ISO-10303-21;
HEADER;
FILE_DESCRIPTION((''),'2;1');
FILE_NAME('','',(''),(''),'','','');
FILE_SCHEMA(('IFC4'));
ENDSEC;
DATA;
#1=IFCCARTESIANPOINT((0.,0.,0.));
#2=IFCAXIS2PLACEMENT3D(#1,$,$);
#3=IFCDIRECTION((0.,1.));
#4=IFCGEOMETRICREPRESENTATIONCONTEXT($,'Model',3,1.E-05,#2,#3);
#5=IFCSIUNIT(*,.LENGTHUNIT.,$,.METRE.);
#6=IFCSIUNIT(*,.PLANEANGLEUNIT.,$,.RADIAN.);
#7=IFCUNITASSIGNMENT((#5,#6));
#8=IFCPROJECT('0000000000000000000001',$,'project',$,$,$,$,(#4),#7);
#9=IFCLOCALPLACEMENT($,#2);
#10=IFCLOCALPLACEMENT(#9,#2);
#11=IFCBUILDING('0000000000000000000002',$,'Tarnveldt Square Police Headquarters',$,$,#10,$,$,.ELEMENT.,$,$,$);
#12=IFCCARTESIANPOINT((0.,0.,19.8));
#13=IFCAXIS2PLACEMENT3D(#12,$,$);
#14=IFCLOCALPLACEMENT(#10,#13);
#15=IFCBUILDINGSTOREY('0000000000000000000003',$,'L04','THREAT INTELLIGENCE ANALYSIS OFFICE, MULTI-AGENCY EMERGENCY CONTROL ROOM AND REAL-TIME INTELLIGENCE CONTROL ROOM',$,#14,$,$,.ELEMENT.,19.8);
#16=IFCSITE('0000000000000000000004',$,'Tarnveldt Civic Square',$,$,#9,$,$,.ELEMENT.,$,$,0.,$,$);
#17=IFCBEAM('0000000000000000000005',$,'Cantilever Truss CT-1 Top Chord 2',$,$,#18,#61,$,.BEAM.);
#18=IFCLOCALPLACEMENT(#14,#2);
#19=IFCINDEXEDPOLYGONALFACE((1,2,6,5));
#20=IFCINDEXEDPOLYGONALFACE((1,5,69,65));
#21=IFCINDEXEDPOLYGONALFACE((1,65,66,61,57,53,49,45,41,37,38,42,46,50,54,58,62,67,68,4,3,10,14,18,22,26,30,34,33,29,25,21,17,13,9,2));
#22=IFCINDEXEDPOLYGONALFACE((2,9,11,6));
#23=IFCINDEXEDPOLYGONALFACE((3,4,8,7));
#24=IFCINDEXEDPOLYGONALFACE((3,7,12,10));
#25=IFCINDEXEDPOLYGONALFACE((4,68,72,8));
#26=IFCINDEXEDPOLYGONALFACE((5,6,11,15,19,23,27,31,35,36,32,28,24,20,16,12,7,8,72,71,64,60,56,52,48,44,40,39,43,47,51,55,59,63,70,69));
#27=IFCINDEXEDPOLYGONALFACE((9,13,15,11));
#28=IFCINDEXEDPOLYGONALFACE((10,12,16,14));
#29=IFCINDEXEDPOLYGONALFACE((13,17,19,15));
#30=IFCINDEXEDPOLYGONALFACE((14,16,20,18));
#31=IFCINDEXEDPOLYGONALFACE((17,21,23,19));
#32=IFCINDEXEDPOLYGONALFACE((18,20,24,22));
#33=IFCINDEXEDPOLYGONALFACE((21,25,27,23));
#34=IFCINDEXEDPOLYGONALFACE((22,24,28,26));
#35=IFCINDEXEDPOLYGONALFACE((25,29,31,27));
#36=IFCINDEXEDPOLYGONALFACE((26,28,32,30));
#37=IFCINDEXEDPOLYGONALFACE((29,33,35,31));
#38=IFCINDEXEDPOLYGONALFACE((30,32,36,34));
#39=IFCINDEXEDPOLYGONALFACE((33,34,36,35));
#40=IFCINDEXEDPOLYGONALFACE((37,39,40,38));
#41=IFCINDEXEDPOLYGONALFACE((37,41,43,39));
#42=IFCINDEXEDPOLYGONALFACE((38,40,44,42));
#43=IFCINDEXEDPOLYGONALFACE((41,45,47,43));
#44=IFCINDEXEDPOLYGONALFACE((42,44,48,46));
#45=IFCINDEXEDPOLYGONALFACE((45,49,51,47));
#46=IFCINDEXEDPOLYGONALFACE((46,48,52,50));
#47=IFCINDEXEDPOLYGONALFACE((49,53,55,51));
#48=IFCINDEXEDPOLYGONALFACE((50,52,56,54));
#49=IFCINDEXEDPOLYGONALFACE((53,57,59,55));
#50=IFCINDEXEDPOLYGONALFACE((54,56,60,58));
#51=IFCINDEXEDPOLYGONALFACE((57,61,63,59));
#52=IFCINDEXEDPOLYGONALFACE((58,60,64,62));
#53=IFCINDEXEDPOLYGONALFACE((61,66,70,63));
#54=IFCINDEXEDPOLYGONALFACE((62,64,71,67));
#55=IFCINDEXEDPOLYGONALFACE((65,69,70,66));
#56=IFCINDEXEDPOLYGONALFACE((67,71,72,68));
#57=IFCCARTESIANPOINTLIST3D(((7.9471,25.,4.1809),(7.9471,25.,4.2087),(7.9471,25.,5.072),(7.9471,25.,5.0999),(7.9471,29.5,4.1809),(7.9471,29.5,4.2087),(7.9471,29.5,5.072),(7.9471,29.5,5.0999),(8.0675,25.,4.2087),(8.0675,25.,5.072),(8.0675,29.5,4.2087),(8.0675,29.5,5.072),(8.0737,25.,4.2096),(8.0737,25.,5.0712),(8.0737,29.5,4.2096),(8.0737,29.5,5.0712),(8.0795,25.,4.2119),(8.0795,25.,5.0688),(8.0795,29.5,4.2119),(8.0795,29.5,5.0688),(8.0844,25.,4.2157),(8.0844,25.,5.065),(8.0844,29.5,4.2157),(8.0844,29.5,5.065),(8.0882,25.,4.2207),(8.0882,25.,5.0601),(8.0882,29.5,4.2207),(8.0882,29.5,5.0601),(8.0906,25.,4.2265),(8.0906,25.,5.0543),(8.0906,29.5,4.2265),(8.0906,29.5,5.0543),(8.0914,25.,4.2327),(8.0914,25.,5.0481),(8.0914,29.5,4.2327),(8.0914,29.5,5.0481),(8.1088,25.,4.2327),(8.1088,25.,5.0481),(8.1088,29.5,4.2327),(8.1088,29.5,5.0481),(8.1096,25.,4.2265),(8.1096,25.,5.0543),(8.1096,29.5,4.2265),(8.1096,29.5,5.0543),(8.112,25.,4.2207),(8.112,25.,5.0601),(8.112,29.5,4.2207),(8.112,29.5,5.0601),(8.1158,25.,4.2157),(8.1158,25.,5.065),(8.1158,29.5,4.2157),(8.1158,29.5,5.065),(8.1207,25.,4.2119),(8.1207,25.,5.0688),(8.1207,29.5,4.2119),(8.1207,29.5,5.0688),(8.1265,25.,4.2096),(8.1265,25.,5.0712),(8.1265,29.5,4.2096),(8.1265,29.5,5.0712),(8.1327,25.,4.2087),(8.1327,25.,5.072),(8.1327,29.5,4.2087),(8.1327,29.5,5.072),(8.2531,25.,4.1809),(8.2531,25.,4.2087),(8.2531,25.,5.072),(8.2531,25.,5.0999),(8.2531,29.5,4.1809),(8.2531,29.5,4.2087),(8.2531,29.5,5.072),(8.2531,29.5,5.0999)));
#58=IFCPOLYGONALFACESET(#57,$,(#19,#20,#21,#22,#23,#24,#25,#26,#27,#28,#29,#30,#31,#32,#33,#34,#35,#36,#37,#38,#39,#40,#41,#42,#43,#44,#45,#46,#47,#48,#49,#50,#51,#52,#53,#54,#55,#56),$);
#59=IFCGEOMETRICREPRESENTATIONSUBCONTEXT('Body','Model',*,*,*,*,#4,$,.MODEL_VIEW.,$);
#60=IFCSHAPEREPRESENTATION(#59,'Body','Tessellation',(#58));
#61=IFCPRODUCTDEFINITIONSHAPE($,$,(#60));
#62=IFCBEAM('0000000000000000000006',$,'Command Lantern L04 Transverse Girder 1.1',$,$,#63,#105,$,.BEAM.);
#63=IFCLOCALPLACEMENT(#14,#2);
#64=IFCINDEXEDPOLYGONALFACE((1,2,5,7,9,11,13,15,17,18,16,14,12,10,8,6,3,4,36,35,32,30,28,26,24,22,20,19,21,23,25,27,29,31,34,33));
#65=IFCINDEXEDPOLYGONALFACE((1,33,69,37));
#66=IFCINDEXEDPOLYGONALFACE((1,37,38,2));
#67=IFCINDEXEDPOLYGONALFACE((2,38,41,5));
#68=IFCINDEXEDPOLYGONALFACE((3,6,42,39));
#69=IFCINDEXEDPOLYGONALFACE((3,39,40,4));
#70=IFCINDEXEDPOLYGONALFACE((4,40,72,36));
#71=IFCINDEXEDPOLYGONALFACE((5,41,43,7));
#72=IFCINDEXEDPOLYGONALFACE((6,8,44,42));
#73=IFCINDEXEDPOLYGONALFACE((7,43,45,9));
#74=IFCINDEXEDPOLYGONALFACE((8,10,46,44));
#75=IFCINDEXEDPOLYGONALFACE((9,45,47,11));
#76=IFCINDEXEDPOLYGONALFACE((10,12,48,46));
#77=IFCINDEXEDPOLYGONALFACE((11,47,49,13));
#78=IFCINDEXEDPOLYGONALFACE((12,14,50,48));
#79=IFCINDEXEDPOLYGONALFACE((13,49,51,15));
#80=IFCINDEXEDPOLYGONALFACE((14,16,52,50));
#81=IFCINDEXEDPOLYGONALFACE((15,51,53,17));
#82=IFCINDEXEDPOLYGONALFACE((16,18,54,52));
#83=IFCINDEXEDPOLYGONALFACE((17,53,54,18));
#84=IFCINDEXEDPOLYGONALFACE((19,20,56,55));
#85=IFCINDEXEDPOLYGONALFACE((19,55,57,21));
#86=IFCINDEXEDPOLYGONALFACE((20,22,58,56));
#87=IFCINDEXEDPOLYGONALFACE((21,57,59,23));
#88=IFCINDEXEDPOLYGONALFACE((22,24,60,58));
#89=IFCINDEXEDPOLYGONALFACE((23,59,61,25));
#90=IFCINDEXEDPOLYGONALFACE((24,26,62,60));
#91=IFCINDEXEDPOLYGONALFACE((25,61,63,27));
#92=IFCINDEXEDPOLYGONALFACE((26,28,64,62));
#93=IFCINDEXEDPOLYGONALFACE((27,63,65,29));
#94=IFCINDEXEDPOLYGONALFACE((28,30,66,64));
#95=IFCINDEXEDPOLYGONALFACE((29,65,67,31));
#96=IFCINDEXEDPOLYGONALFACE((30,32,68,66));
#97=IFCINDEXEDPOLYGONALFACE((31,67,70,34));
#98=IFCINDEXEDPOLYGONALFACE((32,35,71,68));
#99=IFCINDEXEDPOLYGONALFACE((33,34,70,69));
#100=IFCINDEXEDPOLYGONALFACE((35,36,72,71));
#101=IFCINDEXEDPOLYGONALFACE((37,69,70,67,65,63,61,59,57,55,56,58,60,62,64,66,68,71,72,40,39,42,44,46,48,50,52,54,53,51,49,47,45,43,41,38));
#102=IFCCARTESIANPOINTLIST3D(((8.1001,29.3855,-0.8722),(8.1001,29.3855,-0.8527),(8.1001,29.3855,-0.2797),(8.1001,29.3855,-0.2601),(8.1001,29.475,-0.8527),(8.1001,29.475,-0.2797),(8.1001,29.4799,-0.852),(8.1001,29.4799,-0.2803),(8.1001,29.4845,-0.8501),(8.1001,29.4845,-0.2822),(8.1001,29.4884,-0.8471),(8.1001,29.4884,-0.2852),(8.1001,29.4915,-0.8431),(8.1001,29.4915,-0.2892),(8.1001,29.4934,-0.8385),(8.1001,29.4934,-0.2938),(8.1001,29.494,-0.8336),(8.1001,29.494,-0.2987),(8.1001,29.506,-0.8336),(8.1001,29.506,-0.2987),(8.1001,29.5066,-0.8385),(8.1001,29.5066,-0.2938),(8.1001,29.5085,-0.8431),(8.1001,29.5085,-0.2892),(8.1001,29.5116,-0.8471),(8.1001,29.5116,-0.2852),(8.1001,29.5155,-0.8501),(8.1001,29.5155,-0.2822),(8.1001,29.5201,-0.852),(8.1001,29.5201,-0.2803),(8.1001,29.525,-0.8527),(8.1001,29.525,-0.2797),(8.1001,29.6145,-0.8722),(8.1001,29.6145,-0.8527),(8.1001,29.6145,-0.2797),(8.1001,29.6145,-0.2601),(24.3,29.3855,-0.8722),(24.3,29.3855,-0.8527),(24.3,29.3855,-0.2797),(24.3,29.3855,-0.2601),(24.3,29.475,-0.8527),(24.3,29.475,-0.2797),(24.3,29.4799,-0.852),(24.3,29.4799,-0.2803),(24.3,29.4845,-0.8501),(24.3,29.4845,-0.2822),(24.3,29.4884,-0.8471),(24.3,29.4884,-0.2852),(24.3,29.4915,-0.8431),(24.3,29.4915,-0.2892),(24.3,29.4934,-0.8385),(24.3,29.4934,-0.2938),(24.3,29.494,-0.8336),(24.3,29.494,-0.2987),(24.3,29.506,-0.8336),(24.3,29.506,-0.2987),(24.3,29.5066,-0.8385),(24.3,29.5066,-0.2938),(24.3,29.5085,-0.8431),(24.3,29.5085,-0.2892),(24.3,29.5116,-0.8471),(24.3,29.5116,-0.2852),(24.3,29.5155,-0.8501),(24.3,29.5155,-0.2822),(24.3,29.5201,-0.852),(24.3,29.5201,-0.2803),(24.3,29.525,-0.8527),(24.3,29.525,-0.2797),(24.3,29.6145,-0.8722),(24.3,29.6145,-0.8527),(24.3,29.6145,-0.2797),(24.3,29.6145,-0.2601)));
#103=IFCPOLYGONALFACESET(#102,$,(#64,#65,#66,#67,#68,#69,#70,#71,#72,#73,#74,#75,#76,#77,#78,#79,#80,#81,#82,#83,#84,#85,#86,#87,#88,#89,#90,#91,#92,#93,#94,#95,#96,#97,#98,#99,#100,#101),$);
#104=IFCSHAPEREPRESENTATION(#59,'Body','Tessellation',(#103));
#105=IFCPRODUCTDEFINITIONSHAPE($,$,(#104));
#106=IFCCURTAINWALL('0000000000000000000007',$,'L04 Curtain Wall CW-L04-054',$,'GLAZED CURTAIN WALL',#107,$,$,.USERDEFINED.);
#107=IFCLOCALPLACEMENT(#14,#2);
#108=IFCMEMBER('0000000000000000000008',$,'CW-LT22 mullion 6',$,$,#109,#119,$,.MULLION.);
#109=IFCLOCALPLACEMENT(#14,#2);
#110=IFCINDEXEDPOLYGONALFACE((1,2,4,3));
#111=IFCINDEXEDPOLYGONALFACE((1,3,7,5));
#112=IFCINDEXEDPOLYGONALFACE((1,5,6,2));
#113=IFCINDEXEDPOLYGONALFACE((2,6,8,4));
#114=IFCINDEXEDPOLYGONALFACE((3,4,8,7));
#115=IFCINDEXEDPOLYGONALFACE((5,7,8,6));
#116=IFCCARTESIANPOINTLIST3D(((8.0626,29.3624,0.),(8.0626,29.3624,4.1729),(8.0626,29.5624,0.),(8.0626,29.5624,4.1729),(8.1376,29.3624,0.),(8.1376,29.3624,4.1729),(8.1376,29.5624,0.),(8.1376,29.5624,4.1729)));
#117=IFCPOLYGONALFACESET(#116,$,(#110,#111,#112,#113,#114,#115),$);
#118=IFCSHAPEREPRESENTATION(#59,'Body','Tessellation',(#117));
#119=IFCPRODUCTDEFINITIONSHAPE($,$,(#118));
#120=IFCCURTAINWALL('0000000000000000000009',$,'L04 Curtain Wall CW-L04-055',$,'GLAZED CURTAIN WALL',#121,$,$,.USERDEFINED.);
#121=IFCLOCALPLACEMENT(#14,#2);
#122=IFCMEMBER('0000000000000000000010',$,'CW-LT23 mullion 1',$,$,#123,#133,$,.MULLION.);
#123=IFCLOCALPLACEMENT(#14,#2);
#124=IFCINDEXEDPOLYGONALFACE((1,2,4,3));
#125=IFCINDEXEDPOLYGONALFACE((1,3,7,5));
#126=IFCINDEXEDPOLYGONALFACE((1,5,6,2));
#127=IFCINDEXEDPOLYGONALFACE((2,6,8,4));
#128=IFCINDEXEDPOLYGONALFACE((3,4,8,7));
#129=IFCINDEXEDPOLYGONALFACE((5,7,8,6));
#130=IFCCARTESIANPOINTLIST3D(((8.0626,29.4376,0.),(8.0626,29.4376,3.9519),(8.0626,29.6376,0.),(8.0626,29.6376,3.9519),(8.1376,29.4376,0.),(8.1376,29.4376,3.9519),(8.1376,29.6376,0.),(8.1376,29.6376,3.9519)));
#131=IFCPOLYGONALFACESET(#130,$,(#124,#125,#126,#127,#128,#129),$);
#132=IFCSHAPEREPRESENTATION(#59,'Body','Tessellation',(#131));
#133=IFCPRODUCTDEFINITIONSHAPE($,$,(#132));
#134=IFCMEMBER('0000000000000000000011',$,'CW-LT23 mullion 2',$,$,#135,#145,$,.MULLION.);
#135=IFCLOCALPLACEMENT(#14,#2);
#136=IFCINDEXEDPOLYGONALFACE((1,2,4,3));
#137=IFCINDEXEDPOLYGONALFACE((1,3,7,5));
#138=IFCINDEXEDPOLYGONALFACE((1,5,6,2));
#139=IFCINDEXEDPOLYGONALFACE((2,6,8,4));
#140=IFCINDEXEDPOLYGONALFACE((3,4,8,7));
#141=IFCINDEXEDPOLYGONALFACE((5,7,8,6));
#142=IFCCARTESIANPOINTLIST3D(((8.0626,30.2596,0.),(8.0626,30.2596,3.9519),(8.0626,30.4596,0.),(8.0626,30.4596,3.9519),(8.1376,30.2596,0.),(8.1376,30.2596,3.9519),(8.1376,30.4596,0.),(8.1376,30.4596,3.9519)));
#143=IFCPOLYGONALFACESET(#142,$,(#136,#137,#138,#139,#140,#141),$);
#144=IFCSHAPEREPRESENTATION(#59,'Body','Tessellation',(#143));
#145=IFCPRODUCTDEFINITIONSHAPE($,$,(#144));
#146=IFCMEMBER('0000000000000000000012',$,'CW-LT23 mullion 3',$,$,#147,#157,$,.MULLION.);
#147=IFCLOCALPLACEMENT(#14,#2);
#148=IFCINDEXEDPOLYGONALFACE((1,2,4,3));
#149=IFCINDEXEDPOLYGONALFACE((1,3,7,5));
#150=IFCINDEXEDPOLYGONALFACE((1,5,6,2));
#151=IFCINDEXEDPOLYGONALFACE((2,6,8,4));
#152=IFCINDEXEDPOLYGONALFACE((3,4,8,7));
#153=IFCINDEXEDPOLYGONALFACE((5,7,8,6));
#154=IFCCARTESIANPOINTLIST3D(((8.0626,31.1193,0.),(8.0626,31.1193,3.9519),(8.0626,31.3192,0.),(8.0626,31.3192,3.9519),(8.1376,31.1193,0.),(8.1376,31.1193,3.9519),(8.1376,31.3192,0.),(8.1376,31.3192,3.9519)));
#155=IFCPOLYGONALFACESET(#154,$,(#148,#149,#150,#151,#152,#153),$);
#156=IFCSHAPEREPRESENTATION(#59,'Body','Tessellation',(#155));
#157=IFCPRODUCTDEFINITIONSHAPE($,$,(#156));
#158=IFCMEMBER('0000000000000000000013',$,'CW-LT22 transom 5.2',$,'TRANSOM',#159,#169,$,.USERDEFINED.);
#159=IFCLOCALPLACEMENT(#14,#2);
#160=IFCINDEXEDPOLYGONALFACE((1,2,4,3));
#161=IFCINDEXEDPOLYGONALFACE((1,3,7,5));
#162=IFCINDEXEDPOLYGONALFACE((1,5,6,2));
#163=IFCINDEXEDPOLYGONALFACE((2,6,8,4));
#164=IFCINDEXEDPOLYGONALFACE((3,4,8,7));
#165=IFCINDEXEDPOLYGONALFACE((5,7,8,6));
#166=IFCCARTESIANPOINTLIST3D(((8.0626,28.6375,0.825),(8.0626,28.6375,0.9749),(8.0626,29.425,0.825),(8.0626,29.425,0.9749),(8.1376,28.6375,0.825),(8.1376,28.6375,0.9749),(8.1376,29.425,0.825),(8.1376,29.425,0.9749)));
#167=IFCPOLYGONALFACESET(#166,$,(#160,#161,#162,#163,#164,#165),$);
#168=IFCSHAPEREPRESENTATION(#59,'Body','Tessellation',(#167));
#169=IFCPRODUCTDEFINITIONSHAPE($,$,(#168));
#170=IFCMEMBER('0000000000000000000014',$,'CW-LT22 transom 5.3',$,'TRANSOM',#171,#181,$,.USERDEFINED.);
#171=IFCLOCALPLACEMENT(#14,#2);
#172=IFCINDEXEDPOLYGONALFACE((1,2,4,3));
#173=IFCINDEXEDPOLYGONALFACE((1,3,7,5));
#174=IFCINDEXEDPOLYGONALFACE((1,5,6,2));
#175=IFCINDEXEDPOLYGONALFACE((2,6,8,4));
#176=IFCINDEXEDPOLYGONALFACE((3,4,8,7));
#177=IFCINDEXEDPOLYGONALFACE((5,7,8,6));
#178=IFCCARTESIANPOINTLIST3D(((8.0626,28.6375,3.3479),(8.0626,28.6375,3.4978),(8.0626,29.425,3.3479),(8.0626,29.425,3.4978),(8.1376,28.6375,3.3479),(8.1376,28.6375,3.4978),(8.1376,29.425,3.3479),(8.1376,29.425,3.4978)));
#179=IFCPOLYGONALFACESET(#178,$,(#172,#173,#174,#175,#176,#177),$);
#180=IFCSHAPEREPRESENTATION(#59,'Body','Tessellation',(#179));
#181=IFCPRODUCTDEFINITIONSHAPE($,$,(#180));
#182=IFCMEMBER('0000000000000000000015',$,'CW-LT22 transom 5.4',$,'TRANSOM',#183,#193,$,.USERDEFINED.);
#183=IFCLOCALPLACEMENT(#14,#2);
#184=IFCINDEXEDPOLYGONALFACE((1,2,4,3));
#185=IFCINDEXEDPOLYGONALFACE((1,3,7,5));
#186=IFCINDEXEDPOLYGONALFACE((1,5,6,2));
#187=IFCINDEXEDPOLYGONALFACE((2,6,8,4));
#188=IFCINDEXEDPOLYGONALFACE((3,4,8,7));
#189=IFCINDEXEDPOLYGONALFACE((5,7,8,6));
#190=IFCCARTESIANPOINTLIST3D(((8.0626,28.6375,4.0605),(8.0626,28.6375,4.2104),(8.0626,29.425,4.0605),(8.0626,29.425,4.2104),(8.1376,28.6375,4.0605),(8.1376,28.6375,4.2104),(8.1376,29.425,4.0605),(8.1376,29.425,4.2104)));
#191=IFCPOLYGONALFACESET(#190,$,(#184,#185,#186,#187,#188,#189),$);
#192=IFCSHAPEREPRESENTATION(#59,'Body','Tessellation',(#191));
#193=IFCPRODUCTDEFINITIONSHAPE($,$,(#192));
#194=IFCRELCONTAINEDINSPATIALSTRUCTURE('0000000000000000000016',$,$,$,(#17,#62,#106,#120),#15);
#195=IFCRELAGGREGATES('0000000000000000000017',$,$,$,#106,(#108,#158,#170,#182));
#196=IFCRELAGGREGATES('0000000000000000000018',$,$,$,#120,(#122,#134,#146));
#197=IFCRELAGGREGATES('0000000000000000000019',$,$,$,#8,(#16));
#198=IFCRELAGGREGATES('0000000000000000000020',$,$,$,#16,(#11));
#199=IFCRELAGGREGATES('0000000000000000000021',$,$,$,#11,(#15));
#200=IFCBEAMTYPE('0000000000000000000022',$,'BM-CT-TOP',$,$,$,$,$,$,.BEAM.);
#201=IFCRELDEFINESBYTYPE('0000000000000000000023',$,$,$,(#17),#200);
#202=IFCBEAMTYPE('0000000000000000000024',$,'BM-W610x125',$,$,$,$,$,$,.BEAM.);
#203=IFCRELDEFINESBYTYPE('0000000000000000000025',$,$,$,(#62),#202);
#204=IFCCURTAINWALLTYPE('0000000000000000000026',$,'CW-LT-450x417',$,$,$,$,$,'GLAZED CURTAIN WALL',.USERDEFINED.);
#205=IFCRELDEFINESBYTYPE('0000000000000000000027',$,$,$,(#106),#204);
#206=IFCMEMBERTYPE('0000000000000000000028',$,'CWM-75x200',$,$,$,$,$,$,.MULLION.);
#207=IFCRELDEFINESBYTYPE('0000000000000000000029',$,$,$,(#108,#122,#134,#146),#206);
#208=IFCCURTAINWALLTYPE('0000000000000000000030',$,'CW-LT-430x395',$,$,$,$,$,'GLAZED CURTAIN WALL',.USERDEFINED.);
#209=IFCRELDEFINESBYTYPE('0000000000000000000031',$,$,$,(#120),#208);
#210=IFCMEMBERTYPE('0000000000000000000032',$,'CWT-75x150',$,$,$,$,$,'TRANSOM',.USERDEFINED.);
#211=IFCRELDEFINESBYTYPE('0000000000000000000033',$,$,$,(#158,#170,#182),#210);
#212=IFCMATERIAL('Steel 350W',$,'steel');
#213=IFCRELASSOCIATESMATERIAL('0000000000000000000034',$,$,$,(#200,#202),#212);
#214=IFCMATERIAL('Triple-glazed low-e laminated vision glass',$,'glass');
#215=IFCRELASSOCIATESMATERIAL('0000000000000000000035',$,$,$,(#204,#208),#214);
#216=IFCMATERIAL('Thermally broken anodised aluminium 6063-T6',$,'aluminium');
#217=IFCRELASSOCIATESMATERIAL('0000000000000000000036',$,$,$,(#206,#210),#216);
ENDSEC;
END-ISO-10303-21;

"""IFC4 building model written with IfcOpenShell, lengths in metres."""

from ifc_helpers import new_model, si_unit, direction, frame, origin, origin_2d, place, context, subcontext, project, spatial, rectangle, i_section, extrude, material, material_profile, profile_set, type_object, element, aggregate, save


model = new_model("IFC4")

# Units and contexts
model_context = context("Model", 3, precision=1e-05, world=origin(), true_north=direction((0.0, 1.0)))
body_context = subcontext(model_context, "Body", "Model", "MODEL_VIEW")
ifc_project = project(units=[si_unit("LENGTHUNIT", "METRE"), si_unit("PLANEANGLEUNIT", "RADIAN")], contexts=[model_context])

# Site, building, storey
site_placement = place(None, origin())
site = spatial("IfcSite", under=ifc_project, at=site_placement, Name="Tarnveldt Civic Square", CompositionType="ELEMENT", RefElevation=0.0)
building_placement = place(site_placement, origin())
building = spatial("IfcBuilding", under=site, at=building_placement, Name="Tarnveldt Square Police Headquarters", CompositionType="ELEMENT")
storey_placement = place(building_placement, frame((0.0, 0.0, 19.8)))
storey = spatial("IfcBuildingStorey", under=building, at=storey_placement, Name="L04", Description="THREAT INTELLIGENCE ANALYSIS OFFICE, MULTI-AGENCY EMERGENCY CONTROL ROOM AND REAL-TIME INTELLIGENCE CONTROL ROOM", CompositionType="ELEMENT", Elevation=19.8)

# Beams
ifc_material_1 = material(Name="Steel 350W", Category="steel")
ifc_material_profile_1 = material_profile(ifc_material_1, i_section(OverallWidth=0.3059, OverallDepth=0.9189, WebThickness=0.0173, FlangeThickness=0.0278, FilletRadius=0.0239, at=origin_2d()), Name="W920x253")
ifc_profile_set_1 = profile_set([ifc_material_profile_1], Name="Steel 350W")
beam_type_1 = type_object("IfcBeamType", Name="BM-CT-TOP", PredefinedType="BEAM", material=ifc_profile_set_1)
beam_1_placement = place(storey_placement, frame((8.1001, 29.5, 4.6404), z_axis=(0.0, -1.0, 0.0), x_axis=(1.0, 0.0, 0.0)))
element("IfcBeam", 1, at=beam_1_placement, inside=storey, type_object=beam_type_1, Name="Cantilever Truss CT-1 Top Chord 2", PredefinedType="BEAM", context=body_context, shape_type="SweptSolid", body=[
    extrude(i_section(OverallWidth=0.3059, OverallDepth=0.9189, WebThickness=0.0173, FlangeThickness=0.0278, FilletRadius=0.0239, at=origin_2d()), origin(), (0.0, 0.0, 1.0), 4.5),
])
ifc_material_profile_2 = material_profile(ifc_material_1, i_section(OverallWidth=0.229, OverallDepth=0.6121, WebThickness=0.012, FlangeThickness=0.0195, FilletRadius=0.019, at=origin_2d()), Name="W610x125")
ifc_profile_set_2 = profile_set([ifc_material_profile_2], Name="Steel 350W")
beam_type_2 = type_object("IfcBeamType", Name="BM-W610x125", PredefinedType="BEAM", material=ifc_profile_set_2)
beam_2_placement = place(storey_placement, frame((8.1001, 29.5, -0.5662), z_axis=(1.0, 0.0, 0.0), x_axis=(0.0, 1.0, 0.0)))
element("IfcBeam", 2, at=beam_2_placement, inside=storey, type_object=beam_type_2, Name="Command Lantern L04 Transverse Girder 1.1", PredefinedType="BEAM", context=body_context, shape_type="SweptSolid", body=[
    extrude(i_section(OverallWidth=0.229, OverallDepth=0.6121, WebThickness=0.012, FlangeThickness=0.0195, FilletRadius=0.019, at=origin_2d()), origin(), (0.0, 0.0, 1.0), 16.2),
])

# Curtain wall, member
ifc_material_2 = material(Name="Triple-glazed low-e laminated vision glass", Category="glass")
curtain_wall_type_1 = type_object("IfcCurtainWallType", Name="CW-LT-450x417", ElementType="GLAZED CURTAIN WALL", PredefinedType="USERDEFINED", material=ifc_material_2)
curtain_wall_1_placement = place(storey_placement, origin())
curtain_wall_1 = element("IfcCurtainWall", 3, at=curtain_wall_1_placement, inside=storey, type_object=curtain_wall_type_1, Name="L04 Curtain Wall CW-L04-054", ObjectType="GLAZED CURTAIN WALL", PredefinedType="USERDEFINED")
ifc_material_3 = material(Name="Thermally broken anodised aluminium 6063-T6", Category="aluminium")
ifc_material_profile_3 = material_profile(ifc_material_3, rectangle(XDim=0.075, YDim=0.2, at=origin_2d()), Name="CW-M75x200")
ifc_profile_set_3 = profile_set([ifc_material_profile_3], Name="Thermally broken anodised aluminium 6063-T6")
member_type_1 = type_object("IfcMemberType", Name="CWM-75x200", PredefinedType="MULLION", material=ifc_profile_set_3)
member_1_placement = place(storey_placement, frame((8.1001, 29.4624, 0.0), z_axis=(0.0, 0.0, 1.0), x_axis=(-1.0, 0.0, 0.0)))
member_1 = element("IfcMember", 4, at=member_1_placement, type_object=member_type_1, Name="CW-LT22 mullion 6", PredefinedType="MULLION", context=body_context, shape_type="SweptSolid", body=[
    extrude(rectangle(XDim=0.075, YDim=0.2, at=origin_2d()), origin(), (0.0, 0.0, 1.0), 4.1729),
])

# Curtain wall, members
curtain_wall_type_2 = type_object("IfcCurtainWallType", Name="CW-LT-430x395", ElementType="GLAZED CURTAIN WALL", PredefinedType="USERDEFINED", material=ifc_material_2)
curtain_wall_2_placement = place(storey_placement, origin())
curtain_wall_2 = element("IfcCurtainWall", 5, at=curtain_wall_2_placement, inside=storey, type_object=curtain_wall_type_2, Name="L04 Curtain Wall CW-L04-055", ObjectType="GLAZED CURTAIN WALL", PredefinedType="USERDEFINED")
member_2_placement = place(storey_placement, frame((8.1001, 29.5376, 0.0), z_axis=(0.0, 0.0, 1.0), x_axis=(-1.0, 0.0, 0.0)))
member_2 = element("IfcMember", 6, at=member_2_placement, type_object=member_type_1, Name="CW-LT23 mullion 1", PredefinedType="MULLION", context=body_context, shape_type="SweptSolid", body=[
    extrude(rectangle(XDim=0.075, YDim=0.2, at=origin_2d()), origin(), (0.0, 0.0, 1.0), 3.9519),
])
member_3_placement = place(storey_placement, frame((8.1001, 30.3596, 0.0), z_axis=(0.0, 0.0, 1.0), x_axis=(-1.0, 0.0, 0.0)))
member_3 = element("IfcMember", 7, at=member_3_placement, type_object=member_type_1, Name="CW-LT23 mullion 2", PredefinedType="MULLION", context=body_context, shape_type="SweptSolid", body=[
    extrude(rectangle(XDim=0.075, YDim=0.2, at=origin_2d()), origin(), (0.0, 0.0, 1.0), 3.9519),
])
member_4_placement = place(storey_placement, frame((8.1001, 31.2192, 0.0), z_axis=(0.0, 0.0, 1.0), x_axis=(-1.0, 0.0, 0.0)))
member_4 = element("IfcMember", 8, at=member_4_placement, type_object=member_type_1, Name="CW-LT23 mullion 3", PredefinedType="MULLION", context=body_context, shape_type="SweptSolid", body=[
    extrude(rectangle(XDim=0.075, YDim=0.2, at=origin_2d()), origin(), (0.0, 0.0, 1.0), 3.9519),
])

# Members
ifc_material_profile_4 = material_profile(ifc_material_3, rectangle(XDim=0.075, YDim=0.1499, at=origin_2d()), Name="CW-T75x150")
ifc_profile_set_4 = profile_set([ifc_material_profile_4], Name="Thermally broken anodised aluminium 6063-T6")
member_type_2 = type_object("IfcMemberType", Name="CWT-75x150", ElementType="TRANSOM", PredefinedType="USERDEFINED", material=ifc_profile_set_4)
member_5_placement = place(storey_placement, frame((8.1001, 28.6375, 0.8999), z_axis=(0.0, 1.0, 0.0), x_axis=(-1.0, 0.0, 0.0)))
member_5 = element("IfcMember", 9, at=member_5_placement, type_object=member_type_2, Name="CW-LT22 transom 5.2", ObjectType="TRANSOM", PredefinedType="USERDEFINED", context=body_context, shape_type="SweptSolid", body=[
    extrude(rectangle(XDim=0.075, YDim=0.1499, at=origin_2d()), origin(), (0.0, 0.0, 1.0), 0.7876),
])
member_6_placement = place(storey_placement, frame((8.1001, 28.6375, 3.4229), z_axis=(0.0, 1.0, 0.0), x_axis=(-1.0, 0.0, 0.0)))
member_6 = element("IfcMember", 10, at=member_6_placement, type_object=member_type_2, Name="CW-LT22 transom 5.3", ObjectType="TRANSOM", PredefinedType="USERDEFINED", context=body_context, shape_type="SweptSolid", body=[
    extrude(rectangle(XDim=0.075, YDim=0.1499, at=origin_2d()), origin(), (0.0, 0.0, 1.0), 0.7876),
])
member_7_placement = place(storey_placement, frame((8.1001, 28.6375, 4.1355), z_axis=(0.0, 1.0, 0.0), x_axis=(-1.0, 0.0, 0.0)))
member_7 = element("IfcMember", 11, at=member_7_placement, type_object=member_type_2, Name="CW-LT22 transom 5.4", ObjectType="TRANSOM", PredefinedType="USERDEFINED", context=body_context, shape_type="SweptSolid", body=[
    extrude(rectangle(XDim=0.075, YDim=0.1499, at=origin_2d()), origin(), (0.0, 0.0, 1.0), 0.7876),
])

aggregate(curtain_wall_1, [member_1, member_5, member_6, member_7])
aggregate(curtain_wall_2, [member_2, member_3, member_4])

save(model, "model.ifc")
